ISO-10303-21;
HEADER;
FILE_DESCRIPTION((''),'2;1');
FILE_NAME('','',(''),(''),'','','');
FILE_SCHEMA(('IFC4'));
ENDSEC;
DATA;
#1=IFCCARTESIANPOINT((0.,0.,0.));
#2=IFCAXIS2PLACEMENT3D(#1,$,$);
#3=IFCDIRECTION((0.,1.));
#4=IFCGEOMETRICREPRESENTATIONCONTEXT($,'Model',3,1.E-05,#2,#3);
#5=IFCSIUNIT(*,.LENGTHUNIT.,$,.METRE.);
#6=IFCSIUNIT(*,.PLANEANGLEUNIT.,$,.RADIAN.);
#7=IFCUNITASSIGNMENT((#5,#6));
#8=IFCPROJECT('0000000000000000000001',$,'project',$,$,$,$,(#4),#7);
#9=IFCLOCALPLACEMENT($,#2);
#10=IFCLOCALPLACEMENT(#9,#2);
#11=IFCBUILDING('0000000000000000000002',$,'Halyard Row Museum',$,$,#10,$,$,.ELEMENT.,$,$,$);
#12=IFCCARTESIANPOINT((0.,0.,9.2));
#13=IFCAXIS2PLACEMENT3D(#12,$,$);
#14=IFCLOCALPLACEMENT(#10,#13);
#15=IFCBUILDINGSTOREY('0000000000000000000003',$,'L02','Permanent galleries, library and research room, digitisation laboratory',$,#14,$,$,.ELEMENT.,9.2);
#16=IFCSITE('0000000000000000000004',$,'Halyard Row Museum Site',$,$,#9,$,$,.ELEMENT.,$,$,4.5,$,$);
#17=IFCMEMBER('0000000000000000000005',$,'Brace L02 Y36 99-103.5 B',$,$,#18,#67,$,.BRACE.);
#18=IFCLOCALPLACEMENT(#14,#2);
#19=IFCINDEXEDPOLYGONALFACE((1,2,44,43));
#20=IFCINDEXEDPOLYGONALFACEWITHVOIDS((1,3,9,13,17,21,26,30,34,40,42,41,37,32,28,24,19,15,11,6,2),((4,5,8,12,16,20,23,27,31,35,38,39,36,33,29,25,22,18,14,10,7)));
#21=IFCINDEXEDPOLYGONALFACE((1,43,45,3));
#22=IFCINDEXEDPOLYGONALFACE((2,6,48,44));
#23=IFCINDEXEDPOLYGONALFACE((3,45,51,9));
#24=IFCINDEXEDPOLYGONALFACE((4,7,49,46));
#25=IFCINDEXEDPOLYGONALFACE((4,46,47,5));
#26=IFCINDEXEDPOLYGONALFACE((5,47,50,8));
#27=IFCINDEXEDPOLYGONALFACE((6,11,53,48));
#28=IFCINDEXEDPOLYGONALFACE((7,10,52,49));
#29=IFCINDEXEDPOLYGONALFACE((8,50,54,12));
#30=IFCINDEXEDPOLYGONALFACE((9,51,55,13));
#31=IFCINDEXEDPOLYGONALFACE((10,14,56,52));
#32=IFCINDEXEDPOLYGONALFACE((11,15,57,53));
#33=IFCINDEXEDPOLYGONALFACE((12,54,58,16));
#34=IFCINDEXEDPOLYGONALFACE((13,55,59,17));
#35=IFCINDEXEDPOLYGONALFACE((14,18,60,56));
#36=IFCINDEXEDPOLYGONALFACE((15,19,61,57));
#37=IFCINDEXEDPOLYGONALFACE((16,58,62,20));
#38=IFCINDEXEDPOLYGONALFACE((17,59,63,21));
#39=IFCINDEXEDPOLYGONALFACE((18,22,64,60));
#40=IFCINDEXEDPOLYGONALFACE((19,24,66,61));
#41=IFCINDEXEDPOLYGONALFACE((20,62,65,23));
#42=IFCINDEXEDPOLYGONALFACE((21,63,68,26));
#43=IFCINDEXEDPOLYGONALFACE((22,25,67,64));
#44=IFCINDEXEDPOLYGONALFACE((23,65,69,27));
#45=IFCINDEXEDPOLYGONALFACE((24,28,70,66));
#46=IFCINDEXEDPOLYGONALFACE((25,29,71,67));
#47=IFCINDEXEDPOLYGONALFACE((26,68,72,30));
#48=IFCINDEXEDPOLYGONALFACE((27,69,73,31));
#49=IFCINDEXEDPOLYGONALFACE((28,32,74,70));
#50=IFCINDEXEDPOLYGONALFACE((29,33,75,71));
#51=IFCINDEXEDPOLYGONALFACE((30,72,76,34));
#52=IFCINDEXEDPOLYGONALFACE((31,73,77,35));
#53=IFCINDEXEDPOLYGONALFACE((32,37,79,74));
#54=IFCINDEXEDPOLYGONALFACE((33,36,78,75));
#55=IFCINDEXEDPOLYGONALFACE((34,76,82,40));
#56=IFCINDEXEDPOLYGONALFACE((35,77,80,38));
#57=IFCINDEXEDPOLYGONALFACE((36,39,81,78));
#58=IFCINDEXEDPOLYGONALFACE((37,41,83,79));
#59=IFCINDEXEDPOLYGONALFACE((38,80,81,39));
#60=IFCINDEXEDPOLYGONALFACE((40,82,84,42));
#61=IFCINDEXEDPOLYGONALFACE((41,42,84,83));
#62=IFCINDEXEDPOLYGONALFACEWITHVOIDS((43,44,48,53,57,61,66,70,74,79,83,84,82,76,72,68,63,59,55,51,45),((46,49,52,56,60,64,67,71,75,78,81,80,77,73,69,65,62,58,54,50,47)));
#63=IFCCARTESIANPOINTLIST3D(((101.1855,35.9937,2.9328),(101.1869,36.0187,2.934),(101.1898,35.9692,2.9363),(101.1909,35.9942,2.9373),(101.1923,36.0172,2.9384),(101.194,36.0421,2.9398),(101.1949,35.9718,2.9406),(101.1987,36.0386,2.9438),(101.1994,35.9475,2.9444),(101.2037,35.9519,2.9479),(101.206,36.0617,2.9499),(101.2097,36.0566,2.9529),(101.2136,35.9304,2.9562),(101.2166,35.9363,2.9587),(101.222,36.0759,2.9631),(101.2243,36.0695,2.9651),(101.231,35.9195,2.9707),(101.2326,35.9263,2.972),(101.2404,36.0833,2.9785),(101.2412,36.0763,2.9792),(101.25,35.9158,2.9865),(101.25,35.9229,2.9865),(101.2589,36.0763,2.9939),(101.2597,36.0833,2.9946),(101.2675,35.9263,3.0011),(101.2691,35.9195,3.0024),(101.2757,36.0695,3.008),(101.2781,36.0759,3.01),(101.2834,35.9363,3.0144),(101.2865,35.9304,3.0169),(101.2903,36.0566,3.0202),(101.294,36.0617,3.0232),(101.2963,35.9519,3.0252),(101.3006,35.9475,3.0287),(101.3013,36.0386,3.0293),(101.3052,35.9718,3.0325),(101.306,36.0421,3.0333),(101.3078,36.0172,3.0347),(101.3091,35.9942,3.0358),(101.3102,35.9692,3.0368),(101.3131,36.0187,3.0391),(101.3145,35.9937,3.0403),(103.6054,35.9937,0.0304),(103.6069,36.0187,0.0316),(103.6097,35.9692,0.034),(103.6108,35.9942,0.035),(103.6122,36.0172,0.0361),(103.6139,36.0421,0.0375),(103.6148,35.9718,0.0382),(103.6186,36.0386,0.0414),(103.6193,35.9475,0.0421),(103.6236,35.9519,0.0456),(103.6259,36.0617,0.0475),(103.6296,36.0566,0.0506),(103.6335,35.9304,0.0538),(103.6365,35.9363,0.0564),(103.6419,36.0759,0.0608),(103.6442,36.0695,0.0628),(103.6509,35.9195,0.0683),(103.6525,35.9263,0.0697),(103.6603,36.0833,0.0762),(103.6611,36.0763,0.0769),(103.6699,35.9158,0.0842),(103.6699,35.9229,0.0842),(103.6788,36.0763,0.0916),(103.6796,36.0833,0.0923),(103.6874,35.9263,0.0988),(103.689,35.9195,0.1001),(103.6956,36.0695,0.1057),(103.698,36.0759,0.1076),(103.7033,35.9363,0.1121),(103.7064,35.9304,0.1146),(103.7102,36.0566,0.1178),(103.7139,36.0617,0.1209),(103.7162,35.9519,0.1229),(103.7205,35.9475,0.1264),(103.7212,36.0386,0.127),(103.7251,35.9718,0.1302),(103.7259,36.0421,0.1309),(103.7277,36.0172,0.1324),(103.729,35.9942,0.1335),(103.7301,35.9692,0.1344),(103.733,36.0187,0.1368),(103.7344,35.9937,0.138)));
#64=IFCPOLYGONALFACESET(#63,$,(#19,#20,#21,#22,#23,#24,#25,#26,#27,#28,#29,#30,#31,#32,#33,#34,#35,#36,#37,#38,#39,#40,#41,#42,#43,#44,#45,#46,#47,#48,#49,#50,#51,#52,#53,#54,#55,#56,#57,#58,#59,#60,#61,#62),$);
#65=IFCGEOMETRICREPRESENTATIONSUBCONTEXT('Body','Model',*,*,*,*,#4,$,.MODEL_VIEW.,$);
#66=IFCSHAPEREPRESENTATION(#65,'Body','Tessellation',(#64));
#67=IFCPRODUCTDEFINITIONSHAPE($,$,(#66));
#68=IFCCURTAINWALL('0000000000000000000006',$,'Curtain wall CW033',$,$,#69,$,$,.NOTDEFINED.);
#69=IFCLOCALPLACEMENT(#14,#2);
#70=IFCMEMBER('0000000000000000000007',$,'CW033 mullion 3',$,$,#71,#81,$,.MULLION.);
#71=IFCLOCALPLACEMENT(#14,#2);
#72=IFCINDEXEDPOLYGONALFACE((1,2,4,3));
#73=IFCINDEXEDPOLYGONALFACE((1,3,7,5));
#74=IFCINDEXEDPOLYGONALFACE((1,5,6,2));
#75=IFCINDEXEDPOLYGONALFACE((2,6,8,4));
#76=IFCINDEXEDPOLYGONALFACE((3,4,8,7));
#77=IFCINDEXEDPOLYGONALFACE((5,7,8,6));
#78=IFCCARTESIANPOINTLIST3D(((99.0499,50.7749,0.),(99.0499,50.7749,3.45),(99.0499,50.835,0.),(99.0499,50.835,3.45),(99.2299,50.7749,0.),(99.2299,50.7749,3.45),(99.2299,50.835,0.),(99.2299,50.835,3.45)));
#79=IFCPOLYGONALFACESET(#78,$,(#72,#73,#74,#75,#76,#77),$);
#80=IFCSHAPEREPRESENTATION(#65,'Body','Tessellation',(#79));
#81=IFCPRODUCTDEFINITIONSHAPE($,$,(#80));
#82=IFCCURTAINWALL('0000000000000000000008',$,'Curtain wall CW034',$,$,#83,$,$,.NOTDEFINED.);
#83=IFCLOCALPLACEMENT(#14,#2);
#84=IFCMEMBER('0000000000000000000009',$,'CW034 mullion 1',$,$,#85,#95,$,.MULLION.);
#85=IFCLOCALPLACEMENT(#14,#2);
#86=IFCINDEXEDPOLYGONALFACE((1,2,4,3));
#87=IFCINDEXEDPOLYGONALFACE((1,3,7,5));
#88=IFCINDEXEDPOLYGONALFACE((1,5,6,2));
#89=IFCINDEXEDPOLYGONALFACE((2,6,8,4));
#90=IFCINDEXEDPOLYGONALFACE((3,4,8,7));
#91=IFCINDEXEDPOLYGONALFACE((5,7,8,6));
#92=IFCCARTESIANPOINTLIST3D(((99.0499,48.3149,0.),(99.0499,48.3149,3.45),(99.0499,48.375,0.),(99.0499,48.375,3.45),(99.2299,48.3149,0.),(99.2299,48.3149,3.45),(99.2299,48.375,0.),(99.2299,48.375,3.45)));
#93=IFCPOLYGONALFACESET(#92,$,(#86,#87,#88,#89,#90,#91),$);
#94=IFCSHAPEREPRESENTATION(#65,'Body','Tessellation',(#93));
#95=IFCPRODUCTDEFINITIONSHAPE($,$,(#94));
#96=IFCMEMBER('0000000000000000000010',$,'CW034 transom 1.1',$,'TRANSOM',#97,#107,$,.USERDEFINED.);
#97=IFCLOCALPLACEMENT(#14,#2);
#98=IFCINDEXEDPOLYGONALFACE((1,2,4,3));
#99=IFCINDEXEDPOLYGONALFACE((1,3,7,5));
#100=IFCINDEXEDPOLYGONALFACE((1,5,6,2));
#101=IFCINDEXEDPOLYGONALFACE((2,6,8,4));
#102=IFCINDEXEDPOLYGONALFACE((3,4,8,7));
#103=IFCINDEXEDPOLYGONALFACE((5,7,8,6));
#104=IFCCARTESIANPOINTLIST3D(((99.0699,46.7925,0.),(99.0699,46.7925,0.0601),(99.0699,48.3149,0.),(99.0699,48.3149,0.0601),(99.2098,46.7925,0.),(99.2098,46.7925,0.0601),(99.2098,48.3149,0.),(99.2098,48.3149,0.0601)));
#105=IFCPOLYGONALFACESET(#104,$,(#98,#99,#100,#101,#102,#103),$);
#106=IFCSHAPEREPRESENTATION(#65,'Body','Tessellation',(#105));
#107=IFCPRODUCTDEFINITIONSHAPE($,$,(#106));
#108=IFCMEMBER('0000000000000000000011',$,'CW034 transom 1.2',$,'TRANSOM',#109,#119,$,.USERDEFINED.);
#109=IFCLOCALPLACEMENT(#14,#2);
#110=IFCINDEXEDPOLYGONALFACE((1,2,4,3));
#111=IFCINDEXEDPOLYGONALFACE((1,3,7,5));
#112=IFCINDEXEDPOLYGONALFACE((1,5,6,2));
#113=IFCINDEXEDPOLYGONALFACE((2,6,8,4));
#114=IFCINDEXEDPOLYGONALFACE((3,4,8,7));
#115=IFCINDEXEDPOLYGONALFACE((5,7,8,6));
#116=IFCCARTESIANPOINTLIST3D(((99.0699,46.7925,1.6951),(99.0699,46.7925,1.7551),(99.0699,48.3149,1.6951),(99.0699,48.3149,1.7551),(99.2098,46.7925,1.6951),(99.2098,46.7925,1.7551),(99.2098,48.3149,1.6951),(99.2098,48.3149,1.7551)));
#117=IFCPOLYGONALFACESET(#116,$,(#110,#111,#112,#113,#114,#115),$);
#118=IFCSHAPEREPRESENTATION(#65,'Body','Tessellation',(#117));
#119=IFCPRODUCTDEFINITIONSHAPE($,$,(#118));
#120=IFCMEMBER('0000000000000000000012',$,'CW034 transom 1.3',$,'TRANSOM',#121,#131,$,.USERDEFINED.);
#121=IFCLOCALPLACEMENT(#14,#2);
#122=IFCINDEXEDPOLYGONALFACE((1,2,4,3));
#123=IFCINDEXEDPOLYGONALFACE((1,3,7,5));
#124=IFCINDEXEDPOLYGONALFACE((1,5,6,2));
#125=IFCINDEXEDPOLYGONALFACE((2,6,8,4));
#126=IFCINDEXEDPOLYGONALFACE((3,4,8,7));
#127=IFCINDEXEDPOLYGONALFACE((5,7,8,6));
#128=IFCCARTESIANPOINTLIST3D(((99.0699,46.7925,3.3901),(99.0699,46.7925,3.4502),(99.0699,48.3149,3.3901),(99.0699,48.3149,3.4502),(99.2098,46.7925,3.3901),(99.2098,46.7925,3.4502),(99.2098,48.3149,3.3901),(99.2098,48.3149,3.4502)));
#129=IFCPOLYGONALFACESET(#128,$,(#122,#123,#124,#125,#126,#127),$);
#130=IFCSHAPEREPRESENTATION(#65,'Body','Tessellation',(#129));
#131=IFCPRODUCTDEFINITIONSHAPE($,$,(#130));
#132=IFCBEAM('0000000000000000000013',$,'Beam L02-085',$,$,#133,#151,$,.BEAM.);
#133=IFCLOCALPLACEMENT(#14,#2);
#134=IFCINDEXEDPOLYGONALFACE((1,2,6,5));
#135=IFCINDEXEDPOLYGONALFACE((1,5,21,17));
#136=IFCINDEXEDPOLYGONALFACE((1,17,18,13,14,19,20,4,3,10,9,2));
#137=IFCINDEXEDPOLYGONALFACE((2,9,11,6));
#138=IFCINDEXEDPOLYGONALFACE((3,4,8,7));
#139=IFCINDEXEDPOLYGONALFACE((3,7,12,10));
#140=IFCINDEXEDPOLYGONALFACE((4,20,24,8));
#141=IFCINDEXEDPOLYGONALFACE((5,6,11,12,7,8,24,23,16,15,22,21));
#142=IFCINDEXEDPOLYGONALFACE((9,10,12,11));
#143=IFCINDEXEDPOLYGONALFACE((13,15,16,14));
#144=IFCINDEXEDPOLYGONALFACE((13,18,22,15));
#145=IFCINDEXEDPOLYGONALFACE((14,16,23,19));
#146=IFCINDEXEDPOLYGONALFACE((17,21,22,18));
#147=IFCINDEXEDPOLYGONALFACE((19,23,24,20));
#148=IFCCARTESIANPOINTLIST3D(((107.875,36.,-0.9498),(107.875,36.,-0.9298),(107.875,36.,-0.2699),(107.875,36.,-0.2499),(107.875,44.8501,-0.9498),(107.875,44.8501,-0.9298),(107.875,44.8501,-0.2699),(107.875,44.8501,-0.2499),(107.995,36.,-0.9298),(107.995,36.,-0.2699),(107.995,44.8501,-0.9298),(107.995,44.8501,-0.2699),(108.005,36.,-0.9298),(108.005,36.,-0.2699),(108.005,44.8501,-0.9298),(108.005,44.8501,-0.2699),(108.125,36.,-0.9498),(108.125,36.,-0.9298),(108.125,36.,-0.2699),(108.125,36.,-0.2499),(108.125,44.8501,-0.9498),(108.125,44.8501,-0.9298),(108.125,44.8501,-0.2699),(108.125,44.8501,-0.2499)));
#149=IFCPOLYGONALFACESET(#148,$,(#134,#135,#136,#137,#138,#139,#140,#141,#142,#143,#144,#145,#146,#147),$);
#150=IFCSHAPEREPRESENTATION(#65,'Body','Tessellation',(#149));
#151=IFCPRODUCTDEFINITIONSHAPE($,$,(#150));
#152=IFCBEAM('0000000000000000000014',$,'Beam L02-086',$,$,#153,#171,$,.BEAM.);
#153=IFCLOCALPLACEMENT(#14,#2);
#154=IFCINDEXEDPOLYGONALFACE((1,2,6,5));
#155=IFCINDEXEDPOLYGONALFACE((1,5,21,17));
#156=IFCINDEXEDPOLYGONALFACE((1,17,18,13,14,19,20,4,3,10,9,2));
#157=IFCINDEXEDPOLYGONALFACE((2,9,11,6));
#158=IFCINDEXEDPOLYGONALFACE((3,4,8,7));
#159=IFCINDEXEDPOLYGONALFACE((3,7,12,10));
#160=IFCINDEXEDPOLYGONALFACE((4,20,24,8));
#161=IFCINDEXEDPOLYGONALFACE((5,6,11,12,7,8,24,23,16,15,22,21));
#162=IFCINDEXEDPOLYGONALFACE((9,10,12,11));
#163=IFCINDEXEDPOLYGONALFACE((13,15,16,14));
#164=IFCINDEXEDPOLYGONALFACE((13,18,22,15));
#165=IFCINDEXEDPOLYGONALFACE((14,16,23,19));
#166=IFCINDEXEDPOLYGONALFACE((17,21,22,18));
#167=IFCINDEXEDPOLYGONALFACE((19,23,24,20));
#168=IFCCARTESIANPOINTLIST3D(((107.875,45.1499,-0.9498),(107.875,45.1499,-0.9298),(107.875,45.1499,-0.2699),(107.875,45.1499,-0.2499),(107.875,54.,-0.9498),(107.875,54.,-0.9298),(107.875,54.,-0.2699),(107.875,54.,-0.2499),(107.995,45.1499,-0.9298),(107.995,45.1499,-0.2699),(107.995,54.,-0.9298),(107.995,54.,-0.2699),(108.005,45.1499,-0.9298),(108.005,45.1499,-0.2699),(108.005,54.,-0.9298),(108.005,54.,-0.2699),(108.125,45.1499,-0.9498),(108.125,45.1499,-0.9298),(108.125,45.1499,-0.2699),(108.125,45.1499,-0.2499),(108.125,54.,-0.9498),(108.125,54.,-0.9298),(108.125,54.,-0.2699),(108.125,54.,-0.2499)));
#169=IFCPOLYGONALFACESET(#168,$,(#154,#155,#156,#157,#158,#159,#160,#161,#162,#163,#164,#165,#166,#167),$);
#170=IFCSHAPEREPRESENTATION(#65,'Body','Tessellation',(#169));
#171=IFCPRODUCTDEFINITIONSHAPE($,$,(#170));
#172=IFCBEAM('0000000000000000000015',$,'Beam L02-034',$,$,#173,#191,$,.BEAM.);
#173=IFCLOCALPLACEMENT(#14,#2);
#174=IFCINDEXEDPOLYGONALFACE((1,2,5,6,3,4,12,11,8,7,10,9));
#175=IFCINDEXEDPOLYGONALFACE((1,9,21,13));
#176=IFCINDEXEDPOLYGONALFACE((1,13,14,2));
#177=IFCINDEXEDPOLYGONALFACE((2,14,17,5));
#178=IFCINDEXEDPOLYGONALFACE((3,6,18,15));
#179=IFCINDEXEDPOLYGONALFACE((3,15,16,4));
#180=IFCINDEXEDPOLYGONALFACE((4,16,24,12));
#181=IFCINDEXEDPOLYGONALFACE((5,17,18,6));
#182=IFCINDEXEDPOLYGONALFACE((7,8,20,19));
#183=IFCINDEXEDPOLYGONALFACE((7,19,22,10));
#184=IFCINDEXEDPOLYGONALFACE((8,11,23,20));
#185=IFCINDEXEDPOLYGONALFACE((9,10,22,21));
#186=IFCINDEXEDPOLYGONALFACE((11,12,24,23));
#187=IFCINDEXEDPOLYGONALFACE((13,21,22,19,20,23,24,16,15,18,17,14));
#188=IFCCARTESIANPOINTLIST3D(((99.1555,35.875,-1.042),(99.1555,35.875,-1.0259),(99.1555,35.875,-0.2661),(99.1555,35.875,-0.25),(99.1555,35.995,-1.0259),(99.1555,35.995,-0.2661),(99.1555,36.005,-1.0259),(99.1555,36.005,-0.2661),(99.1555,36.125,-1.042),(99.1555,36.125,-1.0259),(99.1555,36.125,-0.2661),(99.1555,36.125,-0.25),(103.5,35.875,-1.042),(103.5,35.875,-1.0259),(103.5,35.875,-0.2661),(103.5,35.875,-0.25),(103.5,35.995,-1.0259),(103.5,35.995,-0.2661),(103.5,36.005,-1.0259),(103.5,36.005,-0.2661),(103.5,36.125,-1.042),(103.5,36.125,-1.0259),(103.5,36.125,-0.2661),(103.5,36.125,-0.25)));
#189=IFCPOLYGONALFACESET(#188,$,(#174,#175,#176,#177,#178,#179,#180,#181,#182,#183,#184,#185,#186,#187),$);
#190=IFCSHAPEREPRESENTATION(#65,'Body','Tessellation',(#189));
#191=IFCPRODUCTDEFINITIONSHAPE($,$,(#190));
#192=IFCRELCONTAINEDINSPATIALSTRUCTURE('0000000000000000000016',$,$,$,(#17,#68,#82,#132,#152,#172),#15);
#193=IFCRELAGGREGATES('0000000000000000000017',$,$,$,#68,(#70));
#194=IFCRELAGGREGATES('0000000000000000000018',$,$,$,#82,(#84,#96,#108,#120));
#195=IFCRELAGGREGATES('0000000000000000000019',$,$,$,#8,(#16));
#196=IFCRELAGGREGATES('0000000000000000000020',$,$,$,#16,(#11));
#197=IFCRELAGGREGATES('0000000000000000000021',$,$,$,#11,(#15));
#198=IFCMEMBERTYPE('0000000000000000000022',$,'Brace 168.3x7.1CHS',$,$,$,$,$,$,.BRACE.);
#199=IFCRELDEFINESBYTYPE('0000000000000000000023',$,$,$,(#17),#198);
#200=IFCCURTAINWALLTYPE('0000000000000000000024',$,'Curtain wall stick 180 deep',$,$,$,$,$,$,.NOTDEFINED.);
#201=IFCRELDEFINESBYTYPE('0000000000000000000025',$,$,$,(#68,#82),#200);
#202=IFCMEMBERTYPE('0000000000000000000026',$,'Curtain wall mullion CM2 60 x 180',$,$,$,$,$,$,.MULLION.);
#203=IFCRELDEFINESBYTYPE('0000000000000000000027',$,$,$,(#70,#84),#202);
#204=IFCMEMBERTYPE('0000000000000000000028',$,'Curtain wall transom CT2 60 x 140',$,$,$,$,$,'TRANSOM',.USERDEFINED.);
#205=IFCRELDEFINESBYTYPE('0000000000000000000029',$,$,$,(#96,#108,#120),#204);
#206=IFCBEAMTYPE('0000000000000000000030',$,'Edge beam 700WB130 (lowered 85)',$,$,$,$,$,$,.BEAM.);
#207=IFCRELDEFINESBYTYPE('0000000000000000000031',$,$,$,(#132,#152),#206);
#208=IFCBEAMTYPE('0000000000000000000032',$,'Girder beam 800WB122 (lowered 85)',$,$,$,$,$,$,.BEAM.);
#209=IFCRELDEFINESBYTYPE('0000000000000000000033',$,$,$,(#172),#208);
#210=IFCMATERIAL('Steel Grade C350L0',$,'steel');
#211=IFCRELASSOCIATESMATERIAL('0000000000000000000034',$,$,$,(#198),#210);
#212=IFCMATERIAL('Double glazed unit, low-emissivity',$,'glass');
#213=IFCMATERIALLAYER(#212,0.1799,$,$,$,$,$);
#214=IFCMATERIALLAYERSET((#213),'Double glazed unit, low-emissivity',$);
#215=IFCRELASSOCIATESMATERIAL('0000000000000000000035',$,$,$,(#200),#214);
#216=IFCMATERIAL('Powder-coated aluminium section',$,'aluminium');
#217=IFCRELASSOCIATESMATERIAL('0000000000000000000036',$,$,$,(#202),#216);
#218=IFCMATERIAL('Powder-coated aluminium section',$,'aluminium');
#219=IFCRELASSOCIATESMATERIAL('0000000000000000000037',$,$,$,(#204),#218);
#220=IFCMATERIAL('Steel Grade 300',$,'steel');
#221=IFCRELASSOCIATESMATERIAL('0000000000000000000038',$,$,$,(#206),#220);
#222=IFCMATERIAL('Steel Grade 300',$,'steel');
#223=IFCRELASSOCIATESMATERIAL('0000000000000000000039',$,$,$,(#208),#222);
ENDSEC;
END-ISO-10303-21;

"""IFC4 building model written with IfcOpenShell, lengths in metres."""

from ifc_helpers import new_model, si_unit, direction, frame, origin, origin_2d, place, context, subcontext, project, spatial, rectangle, hollow_circle, i_section, extrude, material, layer, layer_set, material_profile, profile_set, type_object, element, aggregate, save


model = new_model("IFC4")

# Units and contexts
model_context = context("Model", 3, precision=1e-05, world=origin(), true_north=direction((0.0, 1.0)))
body_context = subcontext(model_context, "Body", "Model", "MODEL_VIEW")
ifc_project = project(units=[si_unit("LENGTHUNIT", "METRE"), si_unit("PLANEANGLEUNIT", "RADIAN")], contexts=[model_context])

# Site, building, storey
site_placement = place(None, origin())
site = spatial("IfcSite", under=ifc_project, at=site_placement, Name="Halyard Row Museum Site", CompositionType="ELEMENT", RefElevation=4.5)
building_placement = place(site_placement, origin())
building = spatial("IfcBuilding", under=site, at=building_placement, Name="Halyard Row Museum", CompositionType="ELEMENT")
storey_placement = place(building_placement, frame((0.0, 0.0, 9.2)))
storey = spatial("IfcBuildingStorey", under=building, at=storey_placement, Name="L02", Description="Permanent galleries, library and research room, digitisation laboratory", CompositionType="ELEMENT", Elevation=9.2)

# Member
ifc_material_1 = material(Name="Steel Grade C350L0", Category="steel")
ifc_material_profile_1 = material_profile(ifc_material_1, hollow_circle(Radius=0.0842, WallThickness=0.0071, at=origin_2d()), Name="168.3x7.1CHS")
ifc_profile_set_1 = profile_set([ifc_material_profile_1], Name="Steel Grade C350L0")
member_type_1 = type_object("IfcMemberType", Name="Brace 168.3x7.1CHS", PredefinedType="BRACE", material=ifc_profile_set_1)
member_1_placement = place(storey_placement, frame((103.6699, 36.0, 0.0842), z_axis=(-0.640388, 0.0, 0.768052), x_axis=(0.0, -1.0, 0.0)))
element("IfcMember", 1, at=member_1_placement, inside=storey, type_object=member_type_1, Name="Brace L02 Y36 99-103.5 B", PredefinedType="BRACE", context=body_context, shape_type="SweptSolid", body=[
    extrude(hollow_circle(Radius=0.0842, WallThickness=0.0071, at=origin_2d()), origin(), (0.0, 0.0, 1.0), 3.7788),
])

# Curtain wall, member
ifc_material_2 = material(Name="Double glazed unit, low-emissivity", Category="glass")
ifc_layer_1 = layer(ifc_material_2, 0.1799)
ifc_layer_set_1 = layer_set([ifc_layer_1], Name="Double glazed unit, low-emissivity")
curtain_wall_type = type_object("IfcCurtainWallType", Name="Curtain wall stick 180 deep", PredefinedType="NOTDEFINED", material=ifc_layer_set_1)
curtain_wall_1_placement = place(storey_placement, origin())
curtain_wall_1 = element("IfcCurtainWall", 2, at=curtain_wall_1_placement, inside=storey, type_object=curtain_wall_type, Name="Curtain wall CW033", PredefinedType="NOTDEFINED")
ifc_material_3 = material(Name="Powder-coated aluminium section", Category="aluminium")
ifc_material_profile_2 = material_profile(ifc_material_3, rectangle(XDim=0.1799, YDim=0.0601, at=origin_2d()), Name="180x60 mullion")
ifc_profile_set_2 = profile_set([ifc_material_profile_2], Name="Powder-coated aluminium section")
member_type_2 = type_object("IfcMemberType", Name="Curtain wall mullion CM2 60 x 180", PredefinedType="MULLION", material=ifc_profile_set_2)
member_2_placement = place(storey_placement, frame((99.1399, 50.8049, 0.0), z_axis=(0.0, 0.0, 1.0), x_axis=(1.0, 0.0, 0.0)))
member_2 = element("IfcMember", 3, at=member_2_placement, type_object=member_type_2, Name="CW033 mullion 3", PredefinedType="MULLION", context=body_context, shape_type="SweptSolid", body=[
    extrude(rectangle(XDim=0.1799, YDim=0.0601, at=origin_2d()), origin(), (0.0, 0.0, 1.0), 3.45),
])
aggregate(curtain_wall_1, [member_2])

# Curtain wall, members
curtain_wall_2_placement = place(storey_placement, origin())
curtain_wall_2 = element("IfcCurtainWall", 4, at=curtain_wall_2_placement, inside=storey, type_object=curtain_wall_type, Name="Curtain wall CW034", PredefinedType="NOTDEFINED")
member_3_placement = place(storey_placement, frame((99.1399, 48.345, 0.0), z_axis=(0.0, 0.0, 1.0), x_axis=(1.0, 0.0, 0.0)))
member_3 = element("IfcMember", 5, at=member_3_placement, type_object=member_type_2, Name="CW034 mullion 1", PredefinedType="MULLION", context=body_context, shape_type="SweptSolid", body=[
    extrude(rectangle(XDim=0.1799, YDim=0.0601, at=origin_2d()), origin(), (0.0, 0.0, 1.0), 3.45),
])
ifc_material_4 = material(Name="Powder-coated aluminium section", Category="aluminium")
ifc_material_profile_3 = material_profile(ifc_material_4, rectangle(XDim=0.1399, YDim=0.0601, at=origin_2d()), Name="140x60 transom")
ifc_profile_set_3 = profile_set([ifc_material_profile_3], Name="Powder-coated aluminium section")
member_type_3 = type_object("IfcMemberType", Name="Curtain wall transom CT2 60 x 140", ElementType="TRANSOM", PredefinedType="USERDEFINED", material=ifc_profile_set_3)
member_4_placement = place(storey_placement, frame((99.1399, 48.3149, 0.03), z_axis=(0.0, -1.0, 0.0), x_axis=(1.0, 0.0, 0.0)))
member_4 = element("IfcMember", 6, at=member_4_placement, type_object=member_type_3, Name="CW034 transom 1.1", ObjectType="TRANSOM", PredefinedType="USERDEFINED", context=body_context, shape_type="SweptSolid", body=[
    extrude(rectangle(XDim=0.1399, YDim=0.0601, at=origin_2d()), origin(), (0.0, 0.0, 1.0), 1.5225),
])
member_5_placement = place(storey_placement, frame((99.1399, 48.3149, 1.7251), z_axis=(0.0, -1.0, 0.0), x_axis=(1.0, 0.0, 0.0)))
member_5 = element("IfcMember", 7, at=member_5_placement, type_object=member_type_3, Name="CW034 transom 1.2", ObjectType="TRANSOM", PredefinedType="USERDEFINED", context=body_context, shape_type="SweptSolid", body=[
    extrude(rectangle(XDim=0.1399, YDim=0.0601, at=origin_2d()), origin(), (0.0, 0.0, 1.0), 1.5225),
])
member_6_placement = place(storey_placement, frame((99.1399, 48.3149, 3.4202), z_axis=(0.0, -1.0, 0.0), x_axis=(1.0, 0.0, 0.0)))
member_6 = element("IfcMember", 8, at=member_6_placement, type_object=member_type_3, Name="CW034 transom 1.3", ObjectType="TRANSOM", PredefinedType="USERDEFINED", context=body_context, shape_type="SweptSolid", body=[
    extrude(rectangle(XDim=0.1399, YDim=0.0601, at=origin_2d()), origin(), (0.0, 0.0, 1.0), 1.5225),
])
aggregate(curtain_wall_2, [member_3, member_4, member_5, member_6])

# Beams
ifc_material_5 = material(Name="Steel Grade 300", Category="steel")
ifc_material_profile_4 = material_profile(ifc_material_5, i_section(OverallWidth=0.25, OverallDepth=0.7, WebThickness=0.01, FlangeThickness=0.02, at=origin_2d()), Name="700WB130")
ifc_profile_set_4 = profile_set([ifc_material_profile_4], Name="Steel Grade 300")
beam_type_1 = type_object("IfcBeamType", Name="Edge beam 700WB130 (lowered 85)", PredefinedType="BEAM", material=ifc_profile_set_4)
for number, where, z_axis, x_axis, name in (
    (9, (108.0, 36.0, -0.5999), (0.0, 1.0, 0.0), (-1.0, 0.0, 0.0), "Beam L02-085"),
    (10, (108.0, 45.1499, -0.5999), (0.0, 1.0, 0.0), (-1.0, 0.0, 0.0), "Beam L02-086"),
):
    element("IfcBeam", number, at=place(storey_placement, frame(where, z_axis=z_axis, x_axis=x_axis)), inside=storey, type_object=beam_type_1, Name=name, PredefinedType="BEAM", context=body_context, shape_type="SweptSolid", body=[
        extrude(i_section(OverallWidth=0.25, OverallDepth=0.7, WebThickness=0.01, FlangeThickness=0.02, at=origin_2d()), origin(), (0.0, 0.0, 1.0), 8.8501),
    ])
ifc_material_6 = material(Name="Steel Grade 300", Category="steel")
ifc_material_profile_5 = material_profile(ifc_material_6, i_section(OverallWidth=0.25, OverallDepth=0.792, WebThickness=0.01, FlangeThickness=0.0161, at=origin_2d()), Name="800WB122")
ifc_profile_set_5 = profile_set([ifc_material_profile_5], Name="Steel Grade 300")
beam_type_2 = type_object("IfcBeamType", Name="Girder beam 800WB122 (lowered 85)", PredefinedType="BEAM", material=ifc_profile_set_5)
beam_1_placement = place(storey_placement, frame((99.1555, 36.0, -0.646), z_axis=(1.0, 0.0, 0.0), x_axis=(0.0, 1.0, 0.0)))
element("IfcBeam", 11, at=beam_1_placement, inside=storey, type_object=beam_type_2, Name="Beam L02-034", PredefinedType="BEAM", context=body_context, shape_type="SweptSolid", body=[
    extrude(i_section(OverallWidth=0.25, OverallDepth=0.792, WebThickness=0.01, FlangeThickness=0.0161, at=origin_2d()), origin(), (0.0, 0.0, 1.0), 4.3445),
])

save(model, "model.ifc")
